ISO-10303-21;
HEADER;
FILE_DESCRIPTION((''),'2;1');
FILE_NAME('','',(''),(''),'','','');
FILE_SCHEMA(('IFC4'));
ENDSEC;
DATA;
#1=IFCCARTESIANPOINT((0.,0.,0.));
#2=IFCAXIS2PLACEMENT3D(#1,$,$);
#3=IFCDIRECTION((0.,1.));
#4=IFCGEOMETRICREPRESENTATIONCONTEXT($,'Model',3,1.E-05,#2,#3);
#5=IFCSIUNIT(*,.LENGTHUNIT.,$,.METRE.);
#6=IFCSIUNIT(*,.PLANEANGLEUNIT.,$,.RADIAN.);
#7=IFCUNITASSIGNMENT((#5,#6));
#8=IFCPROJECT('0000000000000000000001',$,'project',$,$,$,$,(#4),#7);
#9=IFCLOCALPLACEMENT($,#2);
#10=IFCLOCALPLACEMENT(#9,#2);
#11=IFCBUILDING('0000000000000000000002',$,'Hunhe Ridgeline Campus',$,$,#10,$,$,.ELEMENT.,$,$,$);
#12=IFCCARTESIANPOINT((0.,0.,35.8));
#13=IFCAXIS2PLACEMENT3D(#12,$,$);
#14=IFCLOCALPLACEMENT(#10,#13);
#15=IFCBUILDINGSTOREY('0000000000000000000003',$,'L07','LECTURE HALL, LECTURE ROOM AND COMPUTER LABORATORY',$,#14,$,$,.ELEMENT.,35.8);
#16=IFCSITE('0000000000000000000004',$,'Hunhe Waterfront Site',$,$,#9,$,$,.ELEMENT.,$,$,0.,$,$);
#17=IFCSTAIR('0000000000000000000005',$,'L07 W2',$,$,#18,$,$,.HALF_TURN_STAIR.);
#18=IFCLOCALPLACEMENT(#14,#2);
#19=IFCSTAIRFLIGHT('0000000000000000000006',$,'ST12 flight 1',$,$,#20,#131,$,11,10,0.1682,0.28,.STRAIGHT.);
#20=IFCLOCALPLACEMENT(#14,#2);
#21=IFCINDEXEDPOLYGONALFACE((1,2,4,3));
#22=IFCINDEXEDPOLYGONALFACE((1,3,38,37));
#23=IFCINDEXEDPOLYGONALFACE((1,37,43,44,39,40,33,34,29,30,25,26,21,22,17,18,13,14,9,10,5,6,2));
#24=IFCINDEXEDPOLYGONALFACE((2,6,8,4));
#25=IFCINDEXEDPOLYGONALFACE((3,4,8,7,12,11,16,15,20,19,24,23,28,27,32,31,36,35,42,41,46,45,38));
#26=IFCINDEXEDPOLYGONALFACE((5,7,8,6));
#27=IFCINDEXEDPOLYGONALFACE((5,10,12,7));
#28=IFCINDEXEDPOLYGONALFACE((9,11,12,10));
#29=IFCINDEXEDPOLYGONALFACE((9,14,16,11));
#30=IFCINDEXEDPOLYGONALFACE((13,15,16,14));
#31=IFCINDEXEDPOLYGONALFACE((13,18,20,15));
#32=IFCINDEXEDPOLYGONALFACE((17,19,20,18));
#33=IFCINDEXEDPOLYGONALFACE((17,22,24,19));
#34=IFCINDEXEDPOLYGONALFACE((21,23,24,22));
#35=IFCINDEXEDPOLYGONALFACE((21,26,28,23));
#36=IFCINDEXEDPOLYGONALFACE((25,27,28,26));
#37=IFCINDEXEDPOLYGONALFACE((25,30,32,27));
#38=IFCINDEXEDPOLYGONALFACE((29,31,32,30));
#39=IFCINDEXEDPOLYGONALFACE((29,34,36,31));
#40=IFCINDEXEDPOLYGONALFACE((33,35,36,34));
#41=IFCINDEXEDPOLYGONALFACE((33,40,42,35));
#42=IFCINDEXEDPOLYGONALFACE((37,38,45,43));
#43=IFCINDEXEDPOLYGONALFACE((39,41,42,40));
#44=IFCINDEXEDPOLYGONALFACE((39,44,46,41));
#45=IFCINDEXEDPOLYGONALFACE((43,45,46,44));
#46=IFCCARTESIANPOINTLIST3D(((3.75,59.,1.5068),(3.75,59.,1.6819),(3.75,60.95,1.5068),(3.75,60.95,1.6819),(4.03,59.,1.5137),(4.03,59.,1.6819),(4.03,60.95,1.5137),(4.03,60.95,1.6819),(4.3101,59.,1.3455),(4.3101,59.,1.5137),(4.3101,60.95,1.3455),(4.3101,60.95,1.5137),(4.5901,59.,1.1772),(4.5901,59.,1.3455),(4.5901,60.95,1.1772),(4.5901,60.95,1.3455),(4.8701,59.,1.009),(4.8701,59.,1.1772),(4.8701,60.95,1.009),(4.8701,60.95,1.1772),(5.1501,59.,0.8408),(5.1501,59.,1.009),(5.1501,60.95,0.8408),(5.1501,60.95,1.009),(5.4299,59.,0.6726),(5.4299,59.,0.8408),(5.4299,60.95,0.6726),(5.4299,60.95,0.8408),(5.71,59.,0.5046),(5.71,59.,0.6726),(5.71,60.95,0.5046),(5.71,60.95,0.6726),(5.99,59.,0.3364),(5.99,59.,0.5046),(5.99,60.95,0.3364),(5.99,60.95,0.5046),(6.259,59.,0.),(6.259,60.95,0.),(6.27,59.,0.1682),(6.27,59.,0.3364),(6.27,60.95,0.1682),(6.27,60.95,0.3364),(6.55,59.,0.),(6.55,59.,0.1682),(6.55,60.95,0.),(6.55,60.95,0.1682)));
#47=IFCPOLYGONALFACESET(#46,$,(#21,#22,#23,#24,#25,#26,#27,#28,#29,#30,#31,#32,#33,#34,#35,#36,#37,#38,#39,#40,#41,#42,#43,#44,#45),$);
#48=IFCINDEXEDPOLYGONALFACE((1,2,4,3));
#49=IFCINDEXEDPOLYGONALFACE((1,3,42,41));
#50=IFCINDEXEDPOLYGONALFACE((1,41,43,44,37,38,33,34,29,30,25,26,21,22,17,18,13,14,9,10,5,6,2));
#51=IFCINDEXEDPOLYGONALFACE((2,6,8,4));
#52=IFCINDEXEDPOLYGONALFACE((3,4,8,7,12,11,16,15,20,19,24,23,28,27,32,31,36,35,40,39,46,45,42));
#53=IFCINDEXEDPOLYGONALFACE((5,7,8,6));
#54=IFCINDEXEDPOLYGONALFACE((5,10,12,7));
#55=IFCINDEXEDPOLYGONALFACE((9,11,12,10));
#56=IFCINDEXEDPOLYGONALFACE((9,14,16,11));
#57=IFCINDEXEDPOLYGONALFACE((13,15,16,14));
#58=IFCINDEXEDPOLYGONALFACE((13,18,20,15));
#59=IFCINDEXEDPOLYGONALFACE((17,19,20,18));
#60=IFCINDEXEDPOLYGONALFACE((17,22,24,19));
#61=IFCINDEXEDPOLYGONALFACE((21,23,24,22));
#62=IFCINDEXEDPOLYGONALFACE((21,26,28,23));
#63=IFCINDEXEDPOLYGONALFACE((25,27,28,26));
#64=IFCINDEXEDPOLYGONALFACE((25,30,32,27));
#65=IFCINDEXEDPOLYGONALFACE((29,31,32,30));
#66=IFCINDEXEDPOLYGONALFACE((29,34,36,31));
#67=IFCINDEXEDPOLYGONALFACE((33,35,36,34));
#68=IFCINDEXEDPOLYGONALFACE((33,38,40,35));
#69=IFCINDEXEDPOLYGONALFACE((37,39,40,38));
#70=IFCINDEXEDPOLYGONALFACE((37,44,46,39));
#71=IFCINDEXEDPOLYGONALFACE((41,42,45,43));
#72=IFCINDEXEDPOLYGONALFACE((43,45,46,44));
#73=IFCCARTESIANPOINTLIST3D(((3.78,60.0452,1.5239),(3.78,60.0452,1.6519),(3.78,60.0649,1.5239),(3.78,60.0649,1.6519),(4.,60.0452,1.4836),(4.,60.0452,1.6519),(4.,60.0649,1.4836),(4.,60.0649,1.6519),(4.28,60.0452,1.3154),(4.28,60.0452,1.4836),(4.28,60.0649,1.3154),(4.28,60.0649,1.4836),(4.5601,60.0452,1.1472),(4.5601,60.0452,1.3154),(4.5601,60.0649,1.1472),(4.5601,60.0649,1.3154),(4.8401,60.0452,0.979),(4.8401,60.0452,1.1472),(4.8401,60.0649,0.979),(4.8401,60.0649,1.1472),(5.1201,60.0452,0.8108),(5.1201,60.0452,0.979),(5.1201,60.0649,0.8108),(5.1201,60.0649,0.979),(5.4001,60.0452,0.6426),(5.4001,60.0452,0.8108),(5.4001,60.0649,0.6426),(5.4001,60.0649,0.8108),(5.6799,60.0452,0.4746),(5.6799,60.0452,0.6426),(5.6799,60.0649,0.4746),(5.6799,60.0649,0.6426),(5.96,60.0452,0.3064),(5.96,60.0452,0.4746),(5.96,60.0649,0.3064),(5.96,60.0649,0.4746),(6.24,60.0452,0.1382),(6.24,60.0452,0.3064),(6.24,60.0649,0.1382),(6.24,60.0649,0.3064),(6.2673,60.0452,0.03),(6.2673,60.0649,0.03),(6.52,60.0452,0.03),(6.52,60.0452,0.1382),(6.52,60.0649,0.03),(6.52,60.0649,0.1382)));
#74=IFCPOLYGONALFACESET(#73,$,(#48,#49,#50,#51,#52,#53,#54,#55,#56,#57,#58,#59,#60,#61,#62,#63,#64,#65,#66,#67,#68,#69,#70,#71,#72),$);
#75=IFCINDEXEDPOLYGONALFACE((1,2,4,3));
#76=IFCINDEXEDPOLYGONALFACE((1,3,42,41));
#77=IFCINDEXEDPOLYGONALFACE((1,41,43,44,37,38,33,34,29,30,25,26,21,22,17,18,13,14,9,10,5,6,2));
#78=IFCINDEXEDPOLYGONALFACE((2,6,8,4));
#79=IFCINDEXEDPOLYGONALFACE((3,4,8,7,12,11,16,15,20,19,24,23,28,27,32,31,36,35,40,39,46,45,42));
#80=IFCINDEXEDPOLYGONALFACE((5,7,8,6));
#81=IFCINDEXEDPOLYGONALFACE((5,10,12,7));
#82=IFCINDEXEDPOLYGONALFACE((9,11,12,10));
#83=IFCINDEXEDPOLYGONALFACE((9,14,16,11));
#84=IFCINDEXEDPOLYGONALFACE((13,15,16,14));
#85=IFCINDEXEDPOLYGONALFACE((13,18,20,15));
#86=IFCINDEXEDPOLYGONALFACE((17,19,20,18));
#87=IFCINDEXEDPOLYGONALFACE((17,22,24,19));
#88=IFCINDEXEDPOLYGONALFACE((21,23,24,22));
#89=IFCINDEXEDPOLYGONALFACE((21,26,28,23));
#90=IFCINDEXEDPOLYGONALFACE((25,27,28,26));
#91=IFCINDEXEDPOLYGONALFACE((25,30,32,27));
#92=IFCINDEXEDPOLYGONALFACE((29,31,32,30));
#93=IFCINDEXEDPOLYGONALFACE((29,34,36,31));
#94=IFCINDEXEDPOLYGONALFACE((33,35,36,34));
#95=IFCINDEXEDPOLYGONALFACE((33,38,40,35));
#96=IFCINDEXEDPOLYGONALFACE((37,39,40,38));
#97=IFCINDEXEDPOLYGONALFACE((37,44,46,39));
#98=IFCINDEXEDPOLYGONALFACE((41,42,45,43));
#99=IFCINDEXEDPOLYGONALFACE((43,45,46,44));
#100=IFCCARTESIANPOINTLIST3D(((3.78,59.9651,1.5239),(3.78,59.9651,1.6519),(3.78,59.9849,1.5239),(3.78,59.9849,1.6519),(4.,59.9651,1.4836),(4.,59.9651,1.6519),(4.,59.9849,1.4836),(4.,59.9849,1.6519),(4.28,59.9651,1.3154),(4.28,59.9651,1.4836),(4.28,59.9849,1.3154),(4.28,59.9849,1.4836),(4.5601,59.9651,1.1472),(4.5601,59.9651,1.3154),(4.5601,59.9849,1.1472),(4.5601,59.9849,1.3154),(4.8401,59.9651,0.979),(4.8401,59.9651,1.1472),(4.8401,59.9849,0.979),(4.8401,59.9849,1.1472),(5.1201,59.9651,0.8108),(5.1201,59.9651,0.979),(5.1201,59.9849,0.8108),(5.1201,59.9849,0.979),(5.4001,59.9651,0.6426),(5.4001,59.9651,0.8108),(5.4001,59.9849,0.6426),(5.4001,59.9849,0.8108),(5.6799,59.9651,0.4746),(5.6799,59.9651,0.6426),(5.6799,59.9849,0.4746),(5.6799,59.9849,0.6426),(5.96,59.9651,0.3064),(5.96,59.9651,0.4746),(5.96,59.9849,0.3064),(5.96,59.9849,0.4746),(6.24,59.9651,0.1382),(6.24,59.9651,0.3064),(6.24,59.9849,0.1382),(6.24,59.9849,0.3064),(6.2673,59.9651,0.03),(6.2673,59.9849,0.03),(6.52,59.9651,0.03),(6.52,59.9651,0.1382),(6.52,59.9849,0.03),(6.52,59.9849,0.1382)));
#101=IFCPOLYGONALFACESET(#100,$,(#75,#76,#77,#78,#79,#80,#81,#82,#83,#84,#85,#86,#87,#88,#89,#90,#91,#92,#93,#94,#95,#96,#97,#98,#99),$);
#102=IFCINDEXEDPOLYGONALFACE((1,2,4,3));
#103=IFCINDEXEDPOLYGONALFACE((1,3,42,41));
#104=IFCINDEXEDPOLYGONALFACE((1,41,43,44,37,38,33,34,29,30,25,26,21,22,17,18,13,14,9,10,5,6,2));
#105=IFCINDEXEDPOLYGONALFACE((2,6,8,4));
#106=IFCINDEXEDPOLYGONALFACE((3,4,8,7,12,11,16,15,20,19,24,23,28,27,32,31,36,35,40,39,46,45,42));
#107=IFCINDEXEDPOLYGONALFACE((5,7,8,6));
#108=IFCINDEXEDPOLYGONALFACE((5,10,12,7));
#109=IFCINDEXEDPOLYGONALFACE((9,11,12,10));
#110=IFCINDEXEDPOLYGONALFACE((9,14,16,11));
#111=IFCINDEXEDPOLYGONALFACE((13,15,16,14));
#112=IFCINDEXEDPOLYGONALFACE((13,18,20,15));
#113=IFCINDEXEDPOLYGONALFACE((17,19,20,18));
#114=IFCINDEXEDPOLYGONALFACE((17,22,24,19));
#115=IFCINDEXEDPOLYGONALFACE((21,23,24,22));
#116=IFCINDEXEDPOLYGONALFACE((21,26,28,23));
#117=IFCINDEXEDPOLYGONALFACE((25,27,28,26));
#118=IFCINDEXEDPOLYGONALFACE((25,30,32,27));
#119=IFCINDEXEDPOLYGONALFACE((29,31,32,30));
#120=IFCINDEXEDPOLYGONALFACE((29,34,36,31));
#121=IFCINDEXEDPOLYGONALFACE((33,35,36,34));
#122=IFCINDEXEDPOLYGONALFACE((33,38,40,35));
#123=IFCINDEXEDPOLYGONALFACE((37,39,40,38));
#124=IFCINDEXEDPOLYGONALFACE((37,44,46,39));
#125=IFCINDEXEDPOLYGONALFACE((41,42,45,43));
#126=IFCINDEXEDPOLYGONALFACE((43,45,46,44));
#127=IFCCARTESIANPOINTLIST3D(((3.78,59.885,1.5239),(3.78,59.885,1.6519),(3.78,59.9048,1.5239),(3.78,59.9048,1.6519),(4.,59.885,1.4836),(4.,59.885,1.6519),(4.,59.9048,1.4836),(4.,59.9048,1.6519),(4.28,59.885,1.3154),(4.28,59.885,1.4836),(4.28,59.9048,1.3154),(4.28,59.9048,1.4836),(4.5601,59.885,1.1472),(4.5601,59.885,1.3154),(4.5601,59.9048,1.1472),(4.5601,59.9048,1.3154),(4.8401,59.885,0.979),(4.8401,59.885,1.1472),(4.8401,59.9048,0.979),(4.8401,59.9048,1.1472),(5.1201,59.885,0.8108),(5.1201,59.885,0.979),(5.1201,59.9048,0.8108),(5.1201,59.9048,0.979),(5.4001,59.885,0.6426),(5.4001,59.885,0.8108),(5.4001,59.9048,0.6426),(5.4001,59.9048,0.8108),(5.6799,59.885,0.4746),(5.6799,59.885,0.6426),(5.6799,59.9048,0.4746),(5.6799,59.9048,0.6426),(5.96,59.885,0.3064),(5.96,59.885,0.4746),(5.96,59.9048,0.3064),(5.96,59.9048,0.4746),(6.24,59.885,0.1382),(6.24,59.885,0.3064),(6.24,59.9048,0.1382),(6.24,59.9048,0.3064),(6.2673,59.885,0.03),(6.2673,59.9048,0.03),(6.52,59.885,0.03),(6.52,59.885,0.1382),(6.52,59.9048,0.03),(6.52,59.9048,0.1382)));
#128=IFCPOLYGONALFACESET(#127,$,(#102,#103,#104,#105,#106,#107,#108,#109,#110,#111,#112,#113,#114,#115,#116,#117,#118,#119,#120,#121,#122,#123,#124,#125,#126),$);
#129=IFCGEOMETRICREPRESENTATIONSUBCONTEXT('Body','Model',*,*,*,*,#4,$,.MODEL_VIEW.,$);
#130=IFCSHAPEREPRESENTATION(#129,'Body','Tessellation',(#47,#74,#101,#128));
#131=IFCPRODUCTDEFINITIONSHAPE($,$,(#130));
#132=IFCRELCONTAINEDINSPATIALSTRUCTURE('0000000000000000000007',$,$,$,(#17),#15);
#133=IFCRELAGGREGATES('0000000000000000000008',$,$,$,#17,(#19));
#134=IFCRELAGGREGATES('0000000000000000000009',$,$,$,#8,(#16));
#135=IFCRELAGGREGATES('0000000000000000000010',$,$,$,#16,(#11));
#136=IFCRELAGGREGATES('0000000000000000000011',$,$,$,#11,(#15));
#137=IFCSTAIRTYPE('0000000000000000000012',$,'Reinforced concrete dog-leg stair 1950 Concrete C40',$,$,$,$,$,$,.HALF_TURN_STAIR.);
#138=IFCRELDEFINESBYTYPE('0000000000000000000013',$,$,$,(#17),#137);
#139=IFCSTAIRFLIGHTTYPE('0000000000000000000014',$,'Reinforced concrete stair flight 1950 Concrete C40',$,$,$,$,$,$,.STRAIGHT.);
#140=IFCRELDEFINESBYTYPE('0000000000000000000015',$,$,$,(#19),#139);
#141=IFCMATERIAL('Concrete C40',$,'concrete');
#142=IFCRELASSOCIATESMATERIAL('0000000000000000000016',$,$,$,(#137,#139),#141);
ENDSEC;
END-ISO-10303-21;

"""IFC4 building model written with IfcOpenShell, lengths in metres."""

from ifc_helpers import new_model, si_unit, direction, frame, origin, place, context, subcontext, project, spatial, polyline, outline, extrude, material, type_object, element, aggregate, save


model = new_model("IFC4")

# Units and contexts
model_context = context("Model", 3, precision=1e-05, world=origin(), true_north=direction((0.0, 1.0)))
body_context = subcontext(model_context, "Body", "Model", "MODEL_VIEW")
ifc_project = project(units=[si_unit("LENGTHUNIT", "METRE"), si_unit("PLANEANGLEUNIT", "RADIAN")], contexts=[model_context])

# Site, building, storey
site_placement = place(None, origin())
site = spatial("IfcSite", under=ifc_project, at=site_placement, Name="Hunhe Waterfront Site", CompositionType="ELEMENT", RefElevation=0.0)
building_placement = place(site_placement, origin())
building = spatial("IfcBuilding", under=site, at=building_placement, Name="Hunhe Ridgeline Campus", CompositionType="ELEMENT")
storey_placement = place(building_placement, frame((0.0, 0.0, 35.8)))
storey = spatial("IfcBuildingStorey", under=building, at=storey_placement, Name="L07", Description="LECTURE HALL, LECTURE ROOM AND COMPUTER LABORATORY", CompositionType="ELEMENT", Elevation=35.8)

# Stair, stair flight
ifc_material_1 = material(Name="Concrete C40", Category="concrete")
stair_type = type_object("IfcStairType", Name="Reinforced concrete dog-leg stair 1950 Concrete C40", PredefinedType="HALF_TURN_STAIR", material=ifc_material_1)
stair_flight_type = type_object("IfcStairFlightType", Name="Reinforced concrete stair flight 1950 Concrete C40", PredefinedType="STRAIGHT", material=ifc_material_1)
stair_1_placement = place(storey_placement, origin())
stair_1 = element("IfcStair", 1, at=stair_1_placement, inside=storey, type_object=stair_type, Name="L07 W2", PredefinedType="HALF_TURN_STAIR")
stair_flight_1_placement = place(storey_placement, frame((6.55, 59.9751, 0.0), z_axis=(0.0, 0.0, 1.0), x_axis=(-1.0, 0.0, 0.0)))
stair_flight_1 = element("IfcStairFlight", 2, at=stair_flight_1_placement, type_object=stair_flight_type, Name="ST12 flight 1", NumberOfRisers=11, NumberOfTreads=10, PredefinedType="STRAIGHT", RiserHeight=0.1682, TreadLength=0.28, context=body_context, shape_type="SweptSolid", body=[
    extrude(outline(polyline([(0.0, 0.0), (0.0, 0.1682), (0.28, 0.1682), (0.28, 0.3364), (0.5601, 0.3364), (0.5601, 0.5046), (0.8401, 0.5046), (0.8401, 0.6726), (1.1201, 0.6726), (1.1201, 0.8408), (1.3999, 0.8408), (1.3999, 1.009), (1.6799, 1.009), (1.6799, 1.1772), (1.96, 1.1772), (1.96, 1.3455), (2.24, 1.3455), (2.24, 1.5137), (2.52, 1.5137), (2.52, 1.6819), (2.8, 1.6819), (2.8, 1.8501), (2.8, 1.5068), (0.291, 0.0), (0.0, 0.0)])), frame((0.0, 0.9751, 0.0), z_axis=(0.0, -1.0, 0.0), x_axis=(1.0, 0.0, 0.0)), (0.0, 0.0, 1.0), 1.95),
    extrude(outline(polyline([(0.03, 0.03), (0.03, 0.1382), (0.3101, 0.1382), (0.3101, 0.3064), (0.5901, 0.3064), (0.5901, 0.4746), (0.8701, 0.4746), (0.8701, 0.6426), (1.1499, 0.6426), (1.1499, 0.8108), (1.4299, 0.8108), (1.4299, 0.979), (1.71, 0.979), (1.71, 1.1472), (1.99, 1.1472), (1.99, 1.3154), (2.27, 1.3154), (2.27, 1.4836), (2.55, 1.4836), (2.55, 1.6519), (2.77, 1.6519), (2.77, 1.5239), (0.2827, 0.03), (0.03, 0.03)])), frame((0.0, -0.0701, 0.0), z_axis=(0.0, -1.0, 0.0), x_axis=(1.0, 0.0, 0.0)), (0.0, 0.0, 1.0), 0.0198),
    extrude(outline(polyline([(0.03, 0.03), (0.03, 0.1382), (0.3101, 0.1382), (0.3101, 0.3064), (0.5901, 0.3064), (0.5901, 0.4746), (0.8701, 0.4746), (0.8701, 0.6426), (1.1499, 0.6426), (1.1499, 0.8108), (1.4299, 0.8108), (1.4299, 0.979), (1.71, 0.979), (1.71, 1.1472), (1.99, 1.1472), (1.99, 1.3154), (2.27, 1.3154), (2.27, 1.4836), (2.55, 1.4836), (2.55, 1.6519), (2.77, 1.6519), (2.77, 1.5239), (0.2827, 0.03), (0.03, 0.03)])), frame((0.0, 0.01, 0.0), z_axis=(0.0, -1.0, 0.0), x_axis=(1.0, 0.0, 0.0)), (0.0, 0.0, 1.0), 0.0198),
    extrude(outline(polyline([(0.03, 0.03), (0.03, 0.1382), (0.3101, 0.1382), (0.3101, 0.3064), (0.5901, 0.3064), (0.5901, 0.4746), (0.8701, 0.4746), (0.8701, 0.6426), (1.1499, 0.6426), (1.1499, 0.8108), (1.4299, 0.8108), (1.4299, 0.979), (1.71, 0.979), (1.71, 1.1472), (1.99, 1.1472), (1.99, 1.3154), (2.27, 1.3154), (2.27, 1.4836), (2.55, 1.4836), (2.55, 1.6519), (2.77, 1.6519), (2.77, 1.5239), (0.2827, 0.03), (0.03, 0.03)])), frame((0.0, 0.0901, 0.0), z_axis=(0.0, -1.0, 0.0), x_axis=(1.0, 0.0, 0.0)), (0.0, 0.0, 1.0), 0.0198),
])
aggregate(stair_1, [stair_flight_1])

save(model, "model.ifc")
